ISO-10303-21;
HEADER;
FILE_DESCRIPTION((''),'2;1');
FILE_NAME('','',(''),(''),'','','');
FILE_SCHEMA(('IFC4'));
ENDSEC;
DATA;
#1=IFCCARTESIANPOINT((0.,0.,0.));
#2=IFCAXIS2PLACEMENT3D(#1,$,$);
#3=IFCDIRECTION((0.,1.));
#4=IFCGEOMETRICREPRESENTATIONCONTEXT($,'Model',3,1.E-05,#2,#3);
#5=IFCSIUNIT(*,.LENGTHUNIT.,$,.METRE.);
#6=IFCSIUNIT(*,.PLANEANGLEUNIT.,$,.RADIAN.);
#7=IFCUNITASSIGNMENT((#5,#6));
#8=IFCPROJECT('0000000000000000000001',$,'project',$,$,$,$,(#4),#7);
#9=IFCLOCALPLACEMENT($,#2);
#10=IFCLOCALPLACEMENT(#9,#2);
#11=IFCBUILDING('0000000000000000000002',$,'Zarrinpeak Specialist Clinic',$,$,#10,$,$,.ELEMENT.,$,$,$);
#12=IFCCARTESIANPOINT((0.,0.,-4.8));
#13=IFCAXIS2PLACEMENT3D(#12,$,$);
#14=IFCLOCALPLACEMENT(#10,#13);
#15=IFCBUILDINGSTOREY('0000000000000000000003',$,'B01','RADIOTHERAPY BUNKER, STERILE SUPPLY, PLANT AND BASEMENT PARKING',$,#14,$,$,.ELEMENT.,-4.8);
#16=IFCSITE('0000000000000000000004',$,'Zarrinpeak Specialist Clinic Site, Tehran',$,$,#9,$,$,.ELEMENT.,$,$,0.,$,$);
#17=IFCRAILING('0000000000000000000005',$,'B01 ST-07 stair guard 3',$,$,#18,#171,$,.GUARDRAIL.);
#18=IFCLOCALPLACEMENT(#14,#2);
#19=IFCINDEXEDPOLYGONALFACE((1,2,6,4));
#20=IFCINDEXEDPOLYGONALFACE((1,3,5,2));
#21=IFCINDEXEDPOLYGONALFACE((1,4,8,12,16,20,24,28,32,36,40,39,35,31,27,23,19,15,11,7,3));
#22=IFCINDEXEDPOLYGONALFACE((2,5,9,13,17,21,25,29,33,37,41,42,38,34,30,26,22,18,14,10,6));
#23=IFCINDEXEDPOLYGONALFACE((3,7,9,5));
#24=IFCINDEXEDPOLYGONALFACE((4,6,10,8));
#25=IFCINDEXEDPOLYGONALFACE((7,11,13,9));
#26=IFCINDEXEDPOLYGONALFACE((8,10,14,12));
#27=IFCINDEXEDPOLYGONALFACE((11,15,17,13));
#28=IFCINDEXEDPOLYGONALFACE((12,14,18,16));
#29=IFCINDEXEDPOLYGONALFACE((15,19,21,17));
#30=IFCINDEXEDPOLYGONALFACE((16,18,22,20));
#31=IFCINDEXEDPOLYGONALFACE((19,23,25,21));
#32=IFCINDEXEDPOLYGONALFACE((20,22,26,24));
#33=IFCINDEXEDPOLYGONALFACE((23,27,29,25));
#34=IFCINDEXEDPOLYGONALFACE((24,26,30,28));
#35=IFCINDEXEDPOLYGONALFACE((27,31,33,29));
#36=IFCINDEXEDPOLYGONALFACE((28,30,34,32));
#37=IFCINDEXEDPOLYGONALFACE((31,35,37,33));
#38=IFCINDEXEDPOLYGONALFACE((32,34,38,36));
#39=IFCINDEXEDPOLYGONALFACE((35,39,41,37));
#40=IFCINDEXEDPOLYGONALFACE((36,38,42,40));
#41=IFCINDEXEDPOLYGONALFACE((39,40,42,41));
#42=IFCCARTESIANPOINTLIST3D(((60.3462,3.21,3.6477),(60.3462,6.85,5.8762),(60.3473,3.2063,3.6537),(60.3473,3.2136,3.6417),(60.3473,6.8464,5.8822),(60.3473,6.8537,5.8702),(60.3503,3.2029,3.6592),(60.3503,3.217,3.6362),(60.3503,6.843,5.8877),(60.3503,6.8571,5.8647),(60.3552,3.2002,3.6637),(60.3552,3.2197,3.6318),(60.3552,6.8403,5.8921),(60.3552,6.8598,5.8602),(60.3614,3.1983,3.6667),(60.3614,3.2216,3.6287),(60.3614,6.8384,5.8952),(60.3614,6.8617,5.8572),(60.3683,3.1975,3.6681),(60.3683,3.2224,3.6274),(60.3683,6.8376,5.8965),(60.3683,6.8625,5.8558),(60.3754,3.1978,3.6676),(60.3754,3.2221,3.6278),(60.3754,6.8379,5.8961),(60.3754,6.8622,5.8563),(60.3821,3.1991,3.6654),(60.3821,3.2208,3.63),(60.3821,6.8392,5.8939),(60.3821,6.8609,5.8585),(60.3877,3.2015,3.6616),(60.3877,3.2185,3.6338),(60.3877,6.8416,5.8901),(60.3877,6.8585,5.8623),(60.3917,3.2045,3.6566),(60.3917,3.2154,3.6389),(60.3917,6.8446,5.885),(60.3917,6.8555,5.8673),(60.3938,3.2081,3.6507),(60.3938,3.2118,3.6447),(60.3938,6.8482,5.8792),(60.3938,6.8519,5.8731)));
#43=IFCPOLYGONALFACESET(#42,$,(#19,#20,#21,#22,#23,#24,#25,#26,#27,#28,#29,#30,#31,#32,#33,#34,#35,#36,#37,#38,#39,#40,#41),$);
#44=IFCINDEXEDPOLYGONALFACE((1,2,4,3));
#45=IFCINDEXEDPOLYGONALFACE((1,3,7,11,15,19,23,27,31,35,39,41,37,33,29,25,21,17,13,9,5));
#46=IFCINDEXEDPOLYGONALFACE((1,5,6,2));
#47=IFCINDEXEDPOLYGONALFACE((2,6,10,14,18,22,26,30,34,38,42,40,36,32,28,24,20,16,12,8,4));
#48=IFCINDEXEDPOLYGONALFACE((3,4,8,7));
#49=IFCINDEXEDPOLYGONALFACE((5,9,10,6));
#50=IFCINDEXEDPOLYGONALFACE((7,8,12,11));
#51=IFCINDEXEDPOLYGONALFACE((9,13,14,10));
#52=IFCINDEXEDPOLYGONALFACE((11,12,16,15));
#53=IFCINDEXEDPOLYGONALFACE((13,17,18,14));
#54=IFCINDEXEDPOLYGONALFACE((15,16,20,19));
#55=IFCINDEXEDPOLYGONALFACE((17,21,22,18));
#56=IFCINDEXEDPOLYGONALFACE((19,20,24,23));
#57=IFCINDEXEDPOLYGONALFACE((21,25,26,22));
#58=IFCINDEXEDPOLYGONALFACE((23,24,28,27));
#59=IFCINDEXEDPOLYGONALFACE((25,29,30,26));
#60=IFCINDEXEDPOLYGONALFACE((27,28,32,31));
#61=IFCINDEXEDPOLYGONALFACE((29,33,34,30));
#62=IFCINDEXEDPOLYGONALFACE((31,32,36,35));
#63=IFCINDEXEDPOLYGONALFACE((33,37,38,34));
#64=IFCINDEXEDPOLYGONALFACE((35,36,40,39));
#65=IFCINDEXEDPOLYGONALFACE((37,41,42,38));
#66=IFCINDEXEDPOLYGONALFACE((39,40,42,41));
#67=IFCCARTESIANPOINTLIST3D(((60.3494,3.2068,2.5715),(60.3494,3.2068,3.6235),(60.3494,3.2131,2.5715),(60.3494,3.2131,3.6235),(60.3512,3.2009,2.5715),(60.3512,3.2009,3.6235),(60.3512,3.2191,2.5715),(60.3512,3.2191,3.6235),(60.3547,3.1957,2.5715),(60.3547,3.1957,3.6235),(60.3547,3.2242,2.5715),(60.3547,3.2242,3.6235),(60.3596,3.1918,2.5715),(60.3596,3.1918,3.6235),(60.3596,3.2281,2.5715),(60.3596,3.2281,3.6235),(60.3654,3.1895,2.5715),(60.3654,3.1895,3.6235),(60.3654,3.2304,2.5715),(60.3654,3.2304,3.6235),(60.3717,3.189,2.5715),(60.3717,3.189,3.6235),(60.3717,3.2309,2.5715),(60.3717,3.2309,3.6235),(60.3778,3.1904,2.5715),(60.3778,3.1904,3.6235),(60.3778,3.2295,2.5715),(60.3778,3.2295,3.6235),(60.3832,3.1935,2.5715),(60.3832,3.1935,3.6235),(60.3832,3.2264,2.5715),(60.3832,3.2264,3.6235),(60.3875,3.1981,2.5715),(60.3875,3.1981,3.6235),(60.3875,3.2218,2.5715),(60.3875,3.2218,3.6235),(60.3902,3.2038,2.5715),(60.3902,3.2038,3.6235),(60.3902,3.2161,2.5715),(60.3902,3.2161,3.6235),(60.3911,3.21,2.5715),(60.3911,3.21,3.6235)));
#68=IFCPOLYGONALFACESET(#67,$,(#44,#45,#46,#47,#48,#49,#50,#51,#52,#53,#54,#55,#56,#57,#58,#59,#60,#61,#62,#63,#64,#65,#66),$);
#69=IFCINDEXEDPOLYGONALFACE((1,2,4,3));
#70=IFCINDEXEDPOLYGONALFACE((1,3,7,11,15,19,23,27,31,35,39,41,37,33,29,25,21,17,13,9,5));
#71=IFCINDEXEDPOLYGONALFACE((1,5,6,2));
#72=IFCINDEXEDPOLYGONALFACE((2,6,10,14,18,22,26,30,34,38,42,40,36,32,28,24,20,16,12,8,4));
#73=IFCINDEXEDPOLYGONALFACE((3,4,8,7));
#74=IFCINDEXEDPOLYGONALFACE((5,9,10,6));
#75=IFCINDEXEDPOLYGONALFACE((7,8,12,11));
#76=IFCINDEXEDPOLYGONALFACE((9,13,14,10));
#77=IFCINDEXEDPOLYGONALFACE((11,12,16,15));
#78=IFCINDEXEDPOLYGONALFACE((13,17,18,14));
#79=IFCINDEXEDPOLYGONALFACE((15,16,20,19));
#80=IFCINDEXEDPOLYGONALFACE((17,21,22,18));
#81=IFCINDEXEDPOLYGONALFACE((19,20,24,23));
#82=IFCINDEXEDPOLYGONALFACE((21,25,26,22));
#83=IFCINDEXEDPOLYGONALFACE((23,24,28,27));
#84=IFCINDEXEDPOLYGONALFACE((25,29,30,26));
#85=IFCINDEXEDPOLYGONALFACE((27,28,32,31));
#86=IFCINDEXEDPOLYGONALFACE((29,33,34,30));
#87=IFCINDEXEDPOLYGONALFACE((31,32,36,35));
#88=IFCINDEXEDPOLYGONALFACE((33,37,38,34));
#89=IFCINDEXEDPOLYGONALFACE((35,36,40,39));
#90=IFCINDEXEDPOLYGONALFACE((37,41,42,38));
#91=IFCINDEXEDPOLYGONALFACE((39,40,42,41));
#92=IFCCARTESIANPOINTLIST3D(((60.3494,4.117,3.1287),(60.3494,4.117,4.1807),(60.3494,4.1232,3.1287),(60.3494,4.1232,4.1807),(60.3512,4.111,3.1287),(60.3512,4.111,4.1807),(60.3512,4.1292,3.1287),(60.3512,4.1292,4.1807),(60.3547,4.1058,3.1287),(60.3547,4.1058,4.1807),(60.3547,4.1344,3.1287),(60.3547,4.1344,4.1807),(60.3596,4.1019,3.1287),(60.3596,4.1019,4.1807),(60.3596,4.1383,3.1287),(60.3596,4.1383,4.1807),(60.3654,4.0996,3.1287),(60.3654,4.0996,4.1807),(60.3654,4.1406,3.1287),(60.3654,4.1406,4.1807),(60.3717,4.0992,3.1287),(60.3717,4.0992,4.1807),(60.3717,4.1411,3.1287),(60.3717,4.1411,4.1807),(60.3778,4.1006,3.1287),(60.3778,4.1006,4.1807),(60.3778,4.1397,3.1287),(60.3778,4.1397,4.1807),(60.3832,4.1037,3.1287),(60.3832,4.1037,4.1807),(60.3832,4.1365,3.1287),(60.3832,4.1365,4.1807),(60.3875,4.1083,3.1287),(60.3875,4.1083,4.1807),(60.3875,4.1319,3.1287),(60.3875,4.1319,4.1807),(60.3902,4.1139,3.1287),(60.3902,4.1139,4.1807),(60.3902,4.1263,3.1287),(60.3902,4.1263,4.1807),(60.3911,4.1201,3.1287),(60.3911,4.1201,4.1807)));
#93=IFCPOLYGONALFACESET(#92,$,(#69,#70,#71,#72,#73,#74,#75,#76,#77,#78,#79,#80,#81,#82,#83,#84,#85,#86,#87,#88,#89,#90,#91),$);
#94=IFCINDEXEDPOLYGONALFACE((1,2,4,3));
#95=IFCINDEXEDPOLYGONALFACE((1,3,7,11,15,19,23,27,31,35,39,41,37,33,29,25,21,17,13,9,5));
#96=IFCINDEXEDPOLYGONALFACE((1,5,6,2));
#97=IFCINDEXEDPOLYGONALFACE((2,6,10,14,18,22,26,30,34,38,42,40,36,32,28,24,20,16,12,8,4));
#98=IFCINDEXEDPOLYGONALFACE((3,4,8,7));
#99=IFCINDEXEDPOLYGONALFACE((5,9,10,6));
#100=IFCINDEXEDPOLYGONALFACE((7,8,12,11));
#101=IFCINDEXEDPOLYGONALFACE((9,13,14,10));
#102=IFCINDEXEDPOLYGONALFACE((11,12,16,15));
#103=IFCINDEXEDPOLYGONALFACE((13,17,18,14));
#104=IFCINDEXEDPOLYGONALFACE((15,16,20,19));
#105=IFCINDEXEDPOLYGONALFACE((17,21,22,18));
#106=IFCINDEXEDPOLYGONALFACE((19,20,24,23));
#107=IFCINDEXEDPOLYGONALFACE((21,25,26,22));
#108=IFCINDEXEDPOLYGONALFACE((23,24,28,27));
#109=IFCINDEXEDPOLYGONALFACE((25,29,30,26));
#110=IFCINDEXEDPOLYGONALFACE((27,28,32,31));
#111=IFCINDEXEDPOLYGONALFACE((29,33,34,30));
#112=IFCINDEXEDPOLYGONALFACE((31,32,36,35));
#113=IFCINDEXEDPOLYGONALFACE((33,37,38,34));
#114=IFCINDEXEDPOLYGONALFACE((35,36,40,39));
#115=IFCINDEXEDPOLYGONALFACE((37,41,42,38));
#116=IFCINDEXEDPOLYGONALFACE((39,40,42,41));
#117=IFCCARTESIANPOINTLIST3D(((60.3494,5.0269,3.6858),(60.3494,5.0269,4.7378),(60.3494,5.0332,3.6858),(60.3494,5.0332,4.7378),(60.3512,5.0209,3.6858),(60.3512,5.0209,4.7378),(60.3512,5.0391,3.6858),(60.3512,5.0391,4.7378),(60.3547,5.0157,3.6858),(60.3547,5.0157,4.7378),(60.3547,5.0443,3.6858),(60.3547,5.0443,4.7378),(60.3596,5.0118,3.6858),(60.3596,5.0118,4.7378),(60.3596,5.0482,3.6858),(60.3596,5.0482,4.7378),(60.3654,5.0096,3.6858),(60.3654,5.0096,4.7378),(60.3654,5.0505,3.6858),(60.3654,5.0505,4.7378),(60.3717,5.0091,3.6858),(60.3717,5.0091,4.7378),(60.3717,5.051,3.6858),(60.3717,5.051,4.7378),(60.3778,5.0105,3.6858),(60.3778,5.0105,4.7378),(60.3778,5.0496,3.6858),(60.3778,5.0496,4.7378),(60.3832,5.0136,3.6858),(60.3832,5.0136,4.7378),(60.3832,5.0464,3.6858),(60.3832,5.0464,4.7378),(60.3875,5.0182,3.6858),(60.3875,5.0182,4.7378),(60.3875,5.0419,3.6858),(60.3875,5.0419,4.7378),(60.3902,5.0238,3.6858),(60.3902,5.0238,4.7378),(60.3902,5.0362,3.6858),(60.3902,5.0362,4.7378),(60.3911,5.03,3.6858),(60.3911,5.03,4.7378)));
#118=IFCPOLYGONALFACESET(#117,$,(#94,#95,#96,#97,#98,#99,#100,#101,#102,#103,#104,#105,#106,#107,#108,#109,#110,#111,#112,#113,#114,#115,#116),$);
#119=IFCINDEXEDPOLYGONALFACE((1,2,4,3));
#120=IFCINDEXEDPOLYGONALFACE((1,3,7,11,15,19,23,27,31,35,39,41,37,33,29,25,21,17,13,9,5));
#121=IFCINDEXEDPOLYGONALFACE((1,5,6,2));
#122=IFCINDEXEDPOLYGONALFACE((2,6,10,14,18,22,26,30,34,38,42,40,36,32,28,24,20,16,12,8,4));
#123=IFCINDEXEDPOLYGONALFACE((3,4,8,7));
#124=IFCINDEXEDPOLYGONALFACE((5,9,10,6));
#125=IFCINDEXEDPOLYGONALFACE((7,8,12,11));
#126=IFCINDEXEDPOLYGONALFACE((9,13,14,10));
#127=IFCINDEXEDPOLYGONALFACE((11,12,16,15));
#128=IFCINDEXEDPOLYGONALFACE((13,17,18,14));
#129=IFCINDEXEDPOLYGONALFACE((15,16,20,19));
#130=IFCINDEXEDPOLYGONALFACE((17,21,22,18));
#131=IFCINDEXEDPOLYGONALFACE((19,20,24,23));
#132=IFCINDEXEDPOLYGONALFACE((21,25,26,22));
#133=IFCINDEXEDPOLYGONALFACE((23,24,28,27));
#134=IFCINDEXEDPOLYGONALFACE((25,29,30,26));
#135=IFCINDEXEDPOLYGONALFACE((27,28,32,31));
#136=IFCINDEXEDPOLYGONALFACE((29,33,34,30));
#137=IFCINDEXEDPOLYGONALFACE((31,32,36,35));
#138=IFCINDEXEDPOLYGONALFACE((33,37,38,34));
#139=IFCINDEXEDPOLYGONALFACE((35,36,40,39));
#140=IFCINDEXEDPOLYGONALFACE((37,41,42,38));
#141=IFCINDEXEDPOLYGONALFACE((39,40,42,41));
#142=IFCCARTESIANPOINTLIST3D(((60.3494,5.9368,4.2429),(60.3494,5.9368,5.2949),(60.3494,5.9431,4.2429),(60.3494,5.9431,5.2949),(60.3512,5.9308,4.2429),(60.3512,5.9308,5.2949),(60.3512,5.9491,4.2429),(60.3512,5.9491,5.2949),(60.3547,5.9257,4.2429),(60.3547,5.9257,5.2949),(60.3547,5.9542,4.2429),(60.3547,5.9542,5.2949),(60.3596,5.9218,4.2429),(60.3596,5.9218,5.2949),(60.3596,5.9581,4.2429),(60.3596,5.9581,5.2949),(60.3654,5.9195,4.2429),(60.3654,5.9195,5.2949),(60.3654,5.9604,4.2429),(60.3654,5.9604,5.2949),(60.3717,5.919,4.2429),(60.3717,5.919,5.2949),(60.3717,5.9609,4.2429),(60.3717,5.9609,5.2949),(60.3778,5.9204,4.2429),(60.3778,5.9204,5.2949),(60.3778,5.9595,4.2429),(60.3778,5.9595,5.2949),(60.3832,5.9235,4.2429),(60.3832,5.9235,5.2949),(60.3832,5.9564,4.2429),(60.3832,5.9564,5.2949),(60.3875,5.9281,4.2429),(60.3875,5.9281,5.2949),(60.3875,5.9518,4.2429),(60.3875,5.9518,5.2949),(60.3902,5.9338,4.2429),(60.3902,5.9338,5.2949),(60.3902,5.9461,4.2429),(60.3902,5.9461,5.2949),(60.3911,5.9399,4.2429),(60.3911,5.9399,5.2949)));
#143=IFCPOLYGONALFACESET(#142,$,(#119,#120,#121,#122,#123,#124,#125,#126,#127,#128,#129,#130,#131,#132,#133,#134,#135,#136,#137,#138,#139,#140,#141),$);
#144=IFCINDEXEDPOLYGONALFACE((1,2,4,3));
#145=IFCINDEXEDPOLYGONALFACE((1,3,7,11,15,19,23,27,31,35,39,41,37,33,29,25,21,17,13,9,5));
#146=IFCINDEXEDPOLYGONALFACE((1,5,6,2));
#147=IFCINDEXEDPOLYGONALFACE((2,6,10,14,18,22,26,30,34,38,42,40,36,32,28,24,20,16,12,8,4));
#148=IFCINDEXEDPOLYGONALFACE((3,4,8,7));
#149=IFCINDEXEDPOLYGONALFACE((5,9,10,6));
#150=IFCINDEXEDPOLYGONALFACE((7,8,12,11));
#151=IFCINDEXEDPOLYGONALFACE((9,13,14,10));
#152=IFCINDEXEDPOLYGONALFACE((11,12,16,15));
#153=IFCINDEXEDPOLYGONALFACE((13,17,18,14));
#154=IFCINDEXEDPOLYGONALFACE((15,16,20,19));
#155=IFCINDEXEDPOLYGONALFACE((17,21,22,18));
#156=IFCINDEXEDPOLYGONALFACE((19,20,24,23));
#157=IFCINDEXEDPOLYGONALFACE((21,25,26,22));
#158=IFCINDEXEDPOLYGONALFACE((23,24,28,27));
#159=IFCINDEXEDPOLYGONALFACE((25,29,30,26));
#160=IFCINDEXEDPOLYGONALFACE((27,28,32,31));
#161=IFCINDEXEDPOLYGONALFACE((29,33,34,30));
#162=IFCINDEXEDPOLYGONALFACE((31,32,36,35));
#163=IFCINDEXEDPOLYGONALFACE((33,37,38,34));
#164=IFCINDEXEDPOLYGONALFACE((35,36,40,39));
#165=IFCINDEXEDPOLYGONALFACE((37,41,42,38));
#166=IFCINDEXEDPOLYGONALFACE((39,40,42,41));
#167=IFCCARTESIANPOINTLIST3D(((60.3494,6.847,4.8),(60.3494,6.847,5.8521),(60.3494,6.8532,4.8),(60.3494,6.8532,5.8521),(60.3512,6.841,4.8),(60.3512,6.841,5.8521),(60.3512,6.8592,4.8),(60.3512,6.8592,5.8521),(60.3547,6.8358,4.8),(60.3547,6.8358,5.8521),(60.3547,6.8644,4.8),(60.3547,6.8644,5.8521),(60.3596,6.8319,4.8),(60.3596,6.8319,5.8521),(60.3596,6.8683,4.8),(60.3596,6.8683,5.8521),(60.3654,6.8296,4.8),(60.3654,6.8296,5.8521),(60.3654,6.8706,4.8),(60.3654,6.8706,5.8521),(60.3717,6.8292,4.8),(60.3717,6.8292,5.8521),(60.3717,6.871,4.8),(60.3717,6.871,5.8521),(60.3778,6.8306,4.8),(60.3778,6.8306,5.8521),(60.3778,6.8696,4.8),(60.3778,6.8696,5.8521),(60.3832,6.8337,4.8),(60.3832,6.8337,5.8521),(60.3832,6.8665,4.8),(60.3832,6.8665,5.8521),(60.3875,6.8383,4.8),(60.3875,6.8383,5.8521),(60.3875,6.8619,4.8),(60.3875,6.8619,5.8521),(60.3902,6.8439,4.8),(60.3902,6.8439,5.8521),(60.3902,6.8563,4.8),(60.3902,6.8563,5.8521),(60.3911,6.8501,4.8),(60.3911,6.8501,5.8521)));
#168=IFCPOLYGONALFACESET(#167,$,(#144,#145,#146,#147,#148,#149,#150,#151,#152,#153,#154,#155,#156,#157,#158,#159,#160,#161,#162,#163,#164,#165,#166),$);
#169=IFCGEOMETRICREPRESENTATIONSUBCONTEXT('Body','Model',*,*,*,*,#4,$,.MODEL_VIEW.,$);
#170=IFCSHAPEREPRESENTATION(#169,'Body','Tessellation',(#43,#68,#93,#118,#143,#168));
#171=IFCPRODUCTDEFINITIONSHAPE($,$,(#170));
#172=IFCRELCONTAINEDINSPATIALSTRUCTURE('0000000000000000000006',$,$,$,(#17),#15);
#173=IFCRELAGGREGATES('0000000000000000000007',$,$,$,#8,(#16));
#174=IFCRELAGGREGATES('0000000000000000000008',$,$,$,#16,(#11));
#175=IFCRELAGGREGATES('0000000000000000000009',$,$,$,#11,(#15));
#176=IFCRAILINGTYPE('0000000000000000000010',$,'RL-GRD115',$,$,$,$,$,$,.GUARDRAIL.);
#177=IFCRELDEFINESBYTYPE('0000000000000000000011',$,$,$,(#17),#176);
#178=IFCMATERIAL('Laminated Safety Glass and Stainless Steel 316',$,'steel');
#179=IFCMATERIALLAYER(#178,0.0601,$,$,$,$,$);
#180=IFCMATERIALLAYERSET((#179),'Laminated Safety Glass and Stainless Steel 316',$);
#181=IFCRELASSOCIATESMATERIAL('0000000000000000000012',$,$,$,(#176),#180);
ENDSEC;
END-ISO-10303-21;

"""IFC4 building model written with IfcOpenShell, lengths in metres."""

from ifc_helpers import new_model, si_unit, direction, frame, origin, origin_2d, place, context, subcontext, project, spatial, circle, extrude, material, layer, layer_set, type_object, element, save


model = new_model("IFC4")

# Units and contexts
model_context = context("Model", 3, precision=1e-05, world=origin(), true_north=direction((0.0, 1.0)))
body_context = subcontext(model_context, "Body", "Model", "MODEL_VIEW")
ifc_project = project(units=[si_unit("LENGTHUNIT", "METRE"), si_unit("PLANEANGLEUNIT", "RADIAN")], contexts=[model_context])

# Site, building, storey
site_placement = place(None, origin())
site = spatial("IfcSite", under=ifc_project, at=site_placement, Name="Zarrinpeak Specialist Clinic Site, Tehran", CompositionType="ELEMENT", RefElevation=0.0)
building_placement = place(site_placement, origin())
building = spatial("IfcBuilding", under=site, at=building_placement, Name="Zarrinpeak Specialist Clinic", CompositionType="ELEMENT")
storey_placement = place(building_placement, frame((0.0, 0.0, -4.8)))
storey = spatial("IfcBuildingStorey", under=building, at=storey_placement, Name="B01", Description="RADIOTHERAPY BUNKER, STERILE SUPPLY, PLANT AND BASEMENT PARKING", CompositionType="ELEMENT", Elevation=-4.8)

# Railing
ifc_material_1 = material(Name="Laminated Safety Glass and Stainless Steel 316", Category="steel")
ifc_layer_1 = layer(ifc_material_1, 0.0601)
ifc_layer_set_1 = layer_set([ifc_layer_1], Name="Laminated Safety Glass and Stainless Steel 316")
railing_type_1 = type_object("IfcRailingType", Name="RL-GRD115", PredefinedType="GUARDRAIL", material=ifc_layer_set_1)
railing_1_placement = place(storey_placement, frame((60.3701, 3.21, 2.5715)))
element("IfcRailing", 1, at=railing_1_placement, inside=storey, type_object=railing_type_1, Name="B01 ST-07 stair guard 3", PredefinedType="GUARDRAIL", context=body_context, shape_type="SweptSolid", body=[
    extrude(circle(Radius=0.0239, at=origin_2d()), frame((0.0, 0.0, 1.0762), z_axis=(0.0, 0.852866, 0.52213), x_axis=(-1.0, 0.0, 0.0)), (0.0, 0.0, 1.0), 4.2681),
    extrude(circle(Radius=0.021, at=origin_2d()), origin(), (0.0, 0.0, 1.0), 1.052),
    extrude(circle(Radius=0.021, at=origin_2d()), frame((0.0, 0.9102, 0.5571)), (0.0, 0.0, 1.0), 1.052),
    extrude(circle(Radius=0.021, at=origin_2d()), frame((0.0, 1.8201, 1.1143)), (0.0, 0.0, 1.0), 1.052),
    extrude(circle(Radius=0.021, at=origin_2d()), frame((0.0, 2.73, 1.6714)), (0.0, 0.0, 1.0), 1.052),
    extrude(circle(Radius=0.021, at=origin_2d()), frame((0.0, 3.6401, 2.2285)), (0.0, 0.0, 1.0), 1.052),
])

save(model, "model.ifc")
